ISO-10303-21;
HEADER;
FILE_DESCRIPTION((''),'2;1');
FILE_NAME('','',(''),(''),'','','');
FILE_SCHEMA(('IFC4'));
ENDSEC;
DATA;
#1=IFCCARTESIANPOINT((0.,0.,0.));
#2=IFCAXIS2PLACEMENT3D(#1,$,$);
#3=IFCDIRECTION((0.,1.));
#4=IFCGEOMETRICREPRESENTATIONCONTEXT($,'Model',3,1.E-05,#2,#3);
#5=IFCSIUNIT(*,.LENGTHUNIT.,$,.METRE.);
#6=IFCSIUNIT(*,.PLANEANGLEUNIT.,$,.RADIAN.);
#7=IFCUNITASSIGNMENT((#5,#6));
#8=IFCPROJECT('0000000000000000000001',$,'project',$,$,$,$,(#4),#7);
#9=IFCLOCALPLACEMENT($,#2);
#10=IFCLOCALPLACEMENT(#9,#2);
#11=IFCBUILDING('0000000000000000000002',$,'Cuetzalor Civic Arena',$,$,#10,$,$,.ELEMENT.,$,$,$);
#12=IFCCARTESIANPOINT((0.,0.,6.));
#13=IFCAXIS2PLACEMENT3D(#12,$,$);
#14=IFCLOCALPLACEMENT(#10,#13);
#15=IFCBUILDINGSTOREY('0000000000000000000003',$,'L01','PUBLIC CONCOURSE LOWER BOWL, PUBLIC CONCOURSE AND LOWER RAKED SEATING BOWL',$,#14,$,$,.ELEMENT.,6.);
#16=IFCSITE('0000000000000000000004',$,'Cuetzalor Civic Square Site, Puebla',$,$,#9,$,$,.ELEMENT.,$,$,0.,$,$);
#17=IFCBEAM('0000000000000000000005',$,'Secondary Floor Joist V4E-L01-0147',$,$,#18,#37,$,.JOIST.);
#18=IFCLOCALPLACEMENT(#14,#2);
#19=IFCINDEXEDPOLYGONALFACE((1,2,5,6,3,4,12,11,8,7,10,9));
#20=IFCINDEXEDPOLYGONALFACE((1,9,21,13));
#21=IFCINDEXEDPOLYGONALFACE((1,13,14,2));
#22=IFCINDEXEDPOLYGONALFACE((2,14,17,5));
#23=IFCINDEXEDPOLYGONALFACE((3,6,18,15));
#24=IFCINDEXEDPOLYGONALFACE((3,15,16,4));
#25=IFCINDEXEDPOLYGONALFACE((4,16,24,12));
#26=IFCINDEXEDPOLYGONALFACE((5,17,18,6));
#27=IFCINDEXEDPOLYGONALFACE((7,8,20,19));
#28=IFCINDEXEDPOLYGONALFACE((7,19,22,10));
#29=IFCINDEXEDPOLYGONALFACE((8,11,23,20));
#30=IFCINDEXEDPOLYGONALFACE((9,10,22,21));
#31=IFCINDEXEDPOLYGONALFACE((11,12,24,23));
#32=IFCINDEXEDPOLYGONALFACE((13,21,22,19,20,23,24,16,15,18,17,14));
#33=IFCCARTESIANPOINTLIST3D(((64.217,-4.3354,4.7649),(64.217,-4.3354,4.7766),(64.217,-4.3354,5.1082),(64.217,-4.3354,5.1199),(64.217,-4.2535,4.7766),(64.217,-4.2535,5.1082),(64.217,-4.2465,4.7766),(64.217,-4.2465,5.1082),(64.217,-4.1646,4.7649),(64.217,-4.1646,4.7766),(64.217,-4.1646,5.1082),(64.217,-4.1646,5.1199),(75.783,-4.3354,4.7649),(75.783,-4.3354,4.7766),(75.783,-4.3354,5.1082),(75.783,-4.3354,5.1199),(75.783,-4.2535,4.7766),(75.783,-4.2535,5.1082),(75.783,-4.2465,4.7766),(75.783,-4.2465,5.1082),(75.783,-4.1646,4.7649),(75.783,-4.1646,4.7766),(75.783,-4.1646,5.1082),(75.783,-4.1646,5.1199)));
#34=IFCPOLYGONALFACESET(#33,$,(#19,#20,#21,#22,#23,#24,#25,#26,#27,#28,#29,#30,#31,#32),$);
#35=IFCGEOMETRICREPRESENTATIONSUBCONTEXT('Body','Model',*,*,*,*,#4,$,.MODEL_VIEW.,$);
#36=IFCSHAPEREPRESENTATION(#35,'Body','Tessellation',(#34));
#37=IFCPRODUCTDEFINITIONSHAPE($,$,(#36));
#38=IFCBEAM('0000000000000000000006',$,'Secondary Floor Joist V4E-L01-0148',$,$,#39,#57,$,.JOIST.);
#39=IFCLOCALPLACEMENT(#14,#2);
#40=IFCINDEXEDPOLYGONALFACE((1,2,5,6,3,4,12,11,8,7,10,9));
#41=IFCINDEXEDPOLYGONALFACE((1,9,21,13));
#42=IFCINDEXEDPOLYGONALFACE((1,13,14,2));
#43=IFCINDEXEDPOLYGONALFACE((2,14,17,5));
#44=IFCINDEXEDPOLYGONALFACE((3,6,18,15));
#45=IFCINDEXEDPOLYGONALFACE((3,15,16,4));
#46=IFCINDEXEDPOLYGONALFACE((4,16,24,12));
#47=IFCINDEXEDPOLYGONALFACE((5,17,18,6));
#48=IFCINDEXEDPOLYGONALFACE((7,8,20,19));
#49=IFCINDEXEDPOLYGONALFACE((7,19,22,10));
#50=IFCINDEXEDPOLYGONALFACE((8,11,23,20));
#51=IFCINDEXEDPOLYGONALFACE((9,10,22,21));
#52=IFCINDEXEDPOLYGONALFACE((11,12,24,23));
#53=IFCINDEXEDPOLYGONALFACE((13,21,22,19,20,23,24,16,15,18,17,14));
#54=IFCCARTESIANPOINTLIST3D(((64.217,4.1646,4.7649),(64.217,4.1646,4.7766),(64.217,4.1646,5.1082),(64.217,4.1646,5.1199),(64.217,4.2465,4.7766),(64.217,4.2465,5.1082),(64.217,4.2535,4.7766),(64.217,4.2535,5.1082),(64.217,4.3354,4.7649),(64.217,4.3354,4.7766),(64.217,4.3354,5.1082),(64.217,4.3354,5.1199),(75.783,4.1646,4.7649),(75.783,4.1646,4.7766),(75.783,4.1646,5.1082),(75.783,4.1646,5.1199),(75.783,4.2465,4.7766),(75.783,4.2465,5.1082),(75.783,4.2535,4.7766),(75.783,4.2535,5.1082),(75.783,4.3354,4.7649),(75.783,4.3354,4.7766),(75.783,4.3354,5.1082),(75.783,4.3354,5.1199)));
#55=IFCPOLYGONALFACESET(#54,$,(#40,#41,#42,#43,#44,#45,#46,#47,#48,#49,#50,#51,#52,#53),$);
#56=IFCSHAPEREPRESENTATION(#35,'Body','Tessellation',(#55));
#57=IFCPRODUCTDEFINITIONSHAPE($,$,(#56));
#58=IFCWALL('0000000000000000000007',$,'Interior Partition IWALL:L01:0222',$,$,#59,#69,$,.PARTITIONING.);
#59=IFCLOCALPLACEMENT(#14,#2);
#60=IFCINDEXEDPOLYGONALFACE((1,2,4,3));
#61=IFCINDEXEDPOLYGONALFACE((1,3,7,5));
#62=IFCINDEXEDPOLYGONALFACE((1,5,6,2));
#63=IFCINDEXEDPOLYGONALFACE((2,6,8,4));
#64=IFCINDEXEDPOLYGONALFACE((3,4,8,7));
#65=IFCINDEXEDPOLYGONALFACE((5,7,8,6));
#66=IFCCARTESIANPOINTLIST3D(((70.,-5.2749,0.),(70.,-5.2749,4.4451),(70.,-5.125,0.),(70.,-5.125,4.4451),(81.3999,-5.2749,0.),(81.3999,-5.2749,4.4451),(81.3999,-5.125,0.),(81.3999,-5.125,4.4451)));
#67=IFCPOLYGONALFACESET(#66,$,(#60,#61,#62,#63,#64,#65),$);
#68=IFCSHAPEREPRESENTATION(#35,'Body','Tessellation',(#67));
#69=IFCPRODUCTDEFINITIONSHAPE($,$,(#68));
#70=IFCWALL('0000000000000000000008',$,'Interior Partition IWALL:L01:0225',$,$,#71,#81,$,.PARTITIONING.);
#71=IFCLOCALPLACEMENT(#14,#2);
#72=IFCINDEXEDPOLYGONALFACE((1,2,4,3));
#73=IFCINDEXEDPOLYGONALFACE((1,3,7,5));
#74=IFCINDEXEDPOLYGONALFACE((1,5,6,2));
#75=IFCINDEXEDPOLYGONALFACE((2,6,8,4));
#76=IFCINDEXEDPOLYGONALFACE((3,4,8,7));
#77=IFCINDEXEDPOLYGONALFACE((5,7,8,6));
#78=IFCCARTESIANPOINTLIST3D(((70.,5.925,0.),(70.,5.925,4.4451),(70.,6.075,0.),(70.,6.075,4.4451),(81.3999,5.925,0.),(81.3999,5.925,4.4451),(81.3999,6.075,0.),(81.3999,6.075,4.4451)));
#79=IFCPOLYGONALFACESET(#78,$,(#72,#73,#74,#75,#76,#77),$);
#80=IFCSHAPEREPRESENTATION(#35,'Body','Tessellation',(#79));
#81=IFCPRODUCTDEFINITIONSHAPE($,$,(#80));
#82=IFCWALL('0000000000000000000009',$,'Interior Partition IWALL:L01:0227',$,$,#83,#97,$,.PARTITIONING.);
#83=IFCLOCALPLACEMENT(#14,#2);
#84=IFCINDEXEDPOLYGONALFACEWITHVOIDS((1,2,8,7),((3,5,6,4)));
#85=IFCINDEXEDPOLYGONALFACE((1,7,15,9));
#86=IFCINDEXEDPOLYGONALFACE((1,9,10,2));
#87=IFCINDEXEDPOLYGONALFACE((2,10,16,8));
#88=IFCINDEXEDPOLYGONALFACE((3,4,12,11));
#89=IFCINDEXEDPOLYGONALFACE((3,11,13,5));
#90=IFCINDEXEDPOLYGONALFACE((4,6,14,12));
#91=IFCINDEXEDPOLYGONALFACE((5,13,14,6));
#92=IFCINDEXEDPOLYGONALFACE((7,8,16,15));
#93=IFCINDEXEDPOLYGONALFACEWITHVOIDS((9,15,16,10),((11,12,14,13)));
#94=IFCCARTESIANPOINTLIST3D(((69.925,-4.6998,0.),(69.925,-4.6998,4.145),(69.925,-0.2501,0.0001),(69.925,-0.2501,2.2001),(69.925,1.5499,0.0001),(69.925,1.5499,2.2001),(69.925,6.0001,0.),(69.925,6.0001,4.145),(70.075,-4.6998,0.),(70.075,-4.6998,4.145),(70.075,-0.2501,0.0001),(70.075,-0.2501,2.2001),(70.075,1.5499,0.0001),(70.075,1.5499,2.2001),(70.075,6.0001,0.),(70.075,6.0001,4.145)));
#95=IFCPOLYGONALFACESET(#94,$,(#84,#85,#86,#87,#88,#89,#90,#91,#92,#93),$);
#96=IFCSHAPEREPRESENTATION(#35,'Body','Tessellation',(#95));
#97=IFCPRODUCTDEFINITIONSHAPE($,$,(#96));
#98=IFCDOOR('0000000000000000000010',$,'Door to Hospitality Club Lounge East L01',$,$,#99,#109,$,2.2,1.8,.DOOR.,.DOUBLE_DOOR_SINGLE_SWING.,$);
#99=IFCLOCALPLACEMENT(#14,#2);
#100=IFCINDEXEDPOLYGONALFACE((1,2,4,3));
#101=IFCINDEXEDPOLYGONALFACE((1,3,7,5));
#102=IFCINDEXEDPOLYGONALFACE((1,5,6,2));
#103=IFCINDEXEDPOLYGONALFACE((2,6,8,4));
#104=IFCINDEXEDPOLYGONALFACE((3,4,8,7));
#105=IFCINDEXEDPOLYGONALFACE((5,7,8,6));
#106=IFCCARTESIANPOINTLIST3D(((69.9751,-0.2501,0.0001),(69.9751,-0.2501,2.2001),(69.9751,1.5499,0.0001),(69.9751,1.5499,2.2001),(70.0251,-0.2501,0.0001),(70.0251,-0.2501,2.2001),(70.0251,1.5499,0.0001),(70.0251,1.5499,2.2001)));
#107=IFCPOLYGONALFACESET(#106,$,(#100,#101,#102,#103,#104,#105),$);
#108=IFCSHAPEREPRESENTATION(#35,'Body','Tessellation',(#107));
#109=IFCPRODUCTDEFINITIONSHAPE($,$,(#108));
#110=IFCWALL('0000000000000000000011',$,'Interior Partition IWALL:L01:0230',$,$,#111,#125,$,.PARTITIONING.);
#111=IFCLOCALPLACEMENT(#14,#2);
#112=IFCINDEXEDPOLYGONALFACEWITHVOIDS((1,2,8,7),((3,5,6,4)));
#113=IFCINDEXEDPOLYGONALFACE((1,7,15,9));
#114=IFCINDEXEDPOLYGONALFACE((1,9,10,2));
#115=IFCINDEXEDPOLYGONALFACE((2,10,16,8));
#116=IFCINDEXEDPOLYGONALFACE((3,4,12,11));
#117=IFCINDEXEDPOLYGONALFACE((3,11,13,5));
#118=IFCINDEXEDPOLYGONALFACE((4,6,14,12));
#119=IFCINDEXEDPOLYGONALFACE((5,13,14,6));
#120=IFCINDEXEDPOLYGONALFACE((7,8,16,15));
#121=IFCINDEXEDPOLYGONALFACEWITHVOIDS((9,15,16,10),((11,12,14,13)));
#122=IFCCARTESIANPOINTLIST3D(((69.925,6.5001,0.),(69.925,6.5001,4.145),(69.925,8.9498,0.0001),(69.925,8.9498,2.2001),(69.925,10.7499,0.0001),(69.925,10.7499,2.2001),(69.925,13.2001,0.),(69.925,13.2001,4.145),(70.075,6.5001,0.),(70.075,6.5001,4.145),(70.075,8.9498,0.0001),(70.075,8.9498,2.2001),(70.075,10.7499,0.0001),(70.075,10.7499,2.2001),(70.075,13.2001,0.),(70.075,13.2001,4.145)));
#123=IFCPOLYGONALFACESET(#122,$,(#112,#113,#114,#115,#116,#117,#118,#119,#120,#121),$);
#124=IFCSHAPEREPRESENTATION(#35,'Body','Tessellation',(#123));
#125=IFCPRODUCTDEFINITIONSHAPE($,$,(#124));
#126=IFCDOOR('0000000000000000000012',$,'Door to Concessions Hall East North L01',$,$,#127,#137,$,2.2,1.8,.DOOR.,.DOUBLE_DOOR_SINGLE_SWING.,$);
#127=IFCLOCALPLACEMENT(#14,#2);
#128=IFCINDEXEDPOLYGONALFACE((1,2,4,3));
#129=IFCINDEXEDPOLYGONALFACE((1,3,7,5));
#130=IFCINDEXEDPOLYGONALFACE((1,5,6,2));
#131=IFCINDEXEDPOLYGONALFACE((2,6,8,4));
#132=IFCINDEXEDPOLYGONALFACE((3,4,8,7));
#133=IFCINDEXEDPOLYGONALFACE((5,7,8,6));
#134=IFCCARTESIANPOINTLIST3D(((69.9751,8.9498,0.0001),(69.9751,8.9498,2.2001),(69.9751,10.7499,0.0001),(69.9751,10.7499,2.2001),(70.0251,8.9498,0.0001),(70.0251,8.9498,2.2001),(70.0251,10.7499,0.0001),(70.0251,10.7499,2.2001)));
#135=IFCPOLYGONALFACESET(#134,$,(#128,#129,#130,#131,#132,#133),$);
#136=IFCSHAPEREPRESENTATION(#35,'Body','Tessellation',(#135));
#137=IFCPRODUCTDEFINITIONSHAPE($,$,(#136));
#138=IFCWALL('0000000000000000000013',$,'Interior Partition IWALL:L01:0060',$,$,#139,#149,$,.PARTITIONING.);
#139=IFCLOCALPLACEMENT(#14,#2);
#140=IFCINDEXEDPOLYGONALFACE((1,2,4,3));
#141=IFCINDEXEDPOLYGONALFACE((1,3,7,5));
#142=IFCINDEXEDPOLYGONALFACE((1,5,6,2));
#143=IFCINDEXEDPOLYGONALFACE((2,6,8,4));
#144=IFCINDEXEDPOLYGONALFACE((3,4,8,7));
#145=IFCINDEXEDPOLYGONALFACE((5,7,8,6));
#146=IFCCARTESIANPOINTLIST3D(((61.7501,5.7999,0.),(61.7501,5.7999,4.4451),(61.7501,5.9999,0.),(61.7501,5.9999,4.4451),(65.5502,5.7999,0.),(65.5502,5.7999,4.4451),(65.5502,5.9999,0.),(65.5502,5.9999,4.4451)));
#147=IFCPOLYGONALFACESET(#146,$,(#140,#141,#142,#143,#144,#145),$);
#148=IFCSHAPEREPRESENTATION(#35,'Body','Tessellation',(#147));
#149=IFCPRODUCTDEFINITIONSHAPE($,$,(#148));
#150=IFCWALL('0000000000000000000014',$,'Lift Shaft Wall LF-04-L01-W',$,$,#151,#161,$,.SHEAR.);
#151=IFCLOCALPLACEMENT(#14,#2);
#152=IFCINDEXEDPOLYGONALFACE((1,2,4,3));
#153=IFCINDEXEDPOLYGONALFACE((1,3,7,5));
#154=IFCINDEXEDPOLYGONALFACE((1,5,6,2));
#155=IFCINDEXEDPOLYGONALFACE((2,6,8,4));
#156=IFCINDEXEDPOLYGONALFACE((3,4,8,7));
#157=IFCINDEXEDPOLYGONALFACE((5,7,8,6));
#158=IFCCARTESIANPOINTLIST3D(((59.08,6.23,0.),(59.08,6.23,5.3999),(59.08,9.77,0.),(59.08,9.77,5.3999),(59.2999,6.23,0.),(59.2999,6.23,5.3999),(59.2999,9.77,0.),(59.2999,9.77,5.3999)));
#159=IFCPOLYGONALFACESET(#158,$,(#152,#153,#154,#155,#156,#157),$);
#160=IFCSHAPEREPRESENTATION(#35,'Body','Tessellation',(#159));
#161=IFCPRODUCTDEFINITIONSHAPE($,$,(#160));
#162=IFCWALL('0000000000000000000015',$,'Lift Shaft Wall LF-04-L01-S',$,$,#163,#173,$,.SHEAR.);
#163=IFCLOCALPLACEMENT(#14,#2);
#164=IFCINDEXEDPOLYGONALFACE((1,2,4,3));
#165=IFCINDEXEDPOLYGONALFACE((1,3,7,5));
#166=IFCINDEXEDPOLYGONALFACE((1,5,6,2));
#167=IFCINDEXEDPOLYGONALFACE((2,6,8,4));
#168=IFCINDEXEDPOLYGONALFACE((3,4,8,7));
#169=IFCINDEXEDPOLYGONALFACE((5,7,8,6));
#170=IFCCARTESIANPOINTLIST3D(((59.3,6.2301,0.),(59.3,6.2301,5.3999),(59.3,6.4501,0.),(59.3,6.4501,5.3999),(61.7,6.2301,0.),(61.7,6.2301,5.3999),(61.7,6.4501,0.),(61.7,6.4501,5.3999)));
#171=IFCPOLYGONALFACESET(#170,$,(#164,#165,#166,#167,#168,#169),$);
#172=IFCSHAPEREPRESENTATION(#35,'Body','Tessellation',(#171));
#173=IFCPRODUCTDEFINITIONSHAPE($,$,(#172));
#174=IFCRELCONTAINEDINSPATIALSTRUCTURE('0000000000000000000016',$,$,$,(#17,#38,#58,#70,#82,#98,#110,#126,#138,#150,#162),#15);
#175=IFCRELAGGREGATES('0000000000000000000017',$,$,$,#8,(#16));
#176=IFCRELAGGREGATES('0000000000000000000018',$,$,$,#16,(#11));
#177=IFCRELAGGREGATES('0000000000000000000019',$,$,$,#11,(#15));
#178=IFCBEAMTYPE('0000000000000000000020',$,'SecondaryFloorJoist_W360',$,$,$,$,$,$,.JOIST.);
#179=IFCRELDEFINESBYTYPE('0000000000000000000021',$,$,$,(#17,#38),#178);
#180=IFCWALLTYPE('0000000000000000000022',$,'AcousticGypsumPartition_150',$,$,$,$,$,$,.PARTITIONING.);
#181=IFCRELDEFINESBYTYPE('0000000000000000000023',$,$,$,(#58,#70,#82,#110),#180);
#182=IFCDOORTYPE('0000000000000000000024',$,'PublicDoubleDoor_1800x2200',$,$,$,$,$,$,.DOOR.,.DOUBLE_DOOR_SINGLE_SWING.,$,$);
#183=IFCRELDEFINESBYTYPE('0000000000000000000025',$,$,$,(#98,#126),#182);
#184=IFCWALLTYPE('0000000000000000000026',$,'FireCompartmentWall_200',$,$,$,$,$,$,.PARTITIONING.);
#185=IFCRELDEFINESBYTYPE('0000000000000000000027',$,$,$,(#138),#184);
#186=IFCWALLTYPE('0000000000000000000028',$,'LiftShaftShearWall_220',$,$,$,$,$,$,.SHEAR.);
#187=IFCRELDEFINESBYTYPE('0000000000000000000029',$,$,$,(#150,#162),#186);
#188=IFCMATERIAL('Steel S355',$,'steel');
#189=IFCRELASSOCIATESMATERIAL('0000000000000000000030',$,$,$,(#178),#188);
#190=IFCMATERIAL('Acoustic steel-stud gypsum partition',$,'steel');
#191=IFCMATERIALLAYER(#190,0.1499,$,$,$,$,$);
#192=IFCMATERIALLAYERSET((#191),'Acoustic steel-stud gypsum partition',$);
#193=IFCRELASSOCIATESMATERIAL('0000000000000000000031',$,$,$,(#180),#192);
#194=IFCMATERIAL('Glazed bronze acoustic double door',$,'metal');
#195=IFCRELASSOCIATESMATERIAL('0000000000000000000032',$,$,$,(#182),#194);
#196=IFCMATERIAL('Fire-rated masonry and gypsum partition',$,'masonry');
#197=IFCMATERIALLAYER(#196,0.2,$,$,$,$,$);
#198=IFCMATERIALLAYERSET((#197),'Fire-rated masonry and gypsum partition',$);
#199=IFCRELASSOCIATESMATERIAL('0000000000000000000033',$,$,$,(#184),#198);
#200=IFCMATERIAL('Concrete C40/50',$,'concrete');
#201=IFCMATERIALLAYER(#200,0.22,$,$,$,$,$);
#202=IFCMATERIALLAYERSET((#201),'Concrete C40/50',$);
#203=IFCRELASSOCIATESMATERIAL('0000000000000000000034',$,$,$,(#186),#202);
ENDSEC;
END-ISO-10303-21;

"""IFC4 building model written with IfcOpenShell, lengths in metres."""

from ifc_helpers import new_model, si_unit, direction, frame, frame_2d, origin, origin_2d, place, context, subcontext, project, spatial, rectangle, i_section, extrude, material, layer, layer_set, material_profile, profile_set, type_object, element, fill, save


model = new_model("IFC4")

# Units and contexts
model_context = context("Model", 3, precision=1e-05, world=origin(), true_north=direction((0.0, 1.0)))
body_context = subcontext(model_context, "Body", "Model", "MODEL_VIEW")
ifc_project = project(units=[si_unit("LENGTHUNIT", "METRE"), si_unit("PLANEANGLEUNIT", "RADIAN")], contexts=[model_context])

# Site, building, storey
site_placement = place(None, origin())
site = spatial("IfcSite", under=ifc_project, at=site_placement, Name="Cuetzalor Civic Square Site, Puebla", CompositionType="ELEMENT", RefElevation=0.0)
building_placement = place(site_placement, origin())
building = spatial("IfcBuilding", under=site, at=building_placement, Name="Cuetzalor Civic Arena", CompositionType="ELEMENT")
storey_placement = place(building_placement, frame((0.0, 0.0, 6.0)))
storey = spatial("IfcBuildingStorey", under=building, at=storey_placement, Name="L01", Description="PUBLIC CONCOURSE LOWER BOWL, PUBLIC CONCOURSE AND LOWER RAKED SEATING BOWL", CompositionType="ELEMENT", Elevation=6.0)

# Beams
ifc_material_1 = material(Name="Steel S355", Category="steel")
ifc_material_profile_1 = material_profile(ifc_material_1, i_section(OverallWidth=0.1709, OverallDepth=0.355, WebThickness=0.0071, FlangeThickness=0.0117, at=origin_2d()), Name="W360x51")
ifc_profile_set_1 = profile_set([ifc_material_profile_1], Name="Steel S355")
beam_type_1 = type_object("IfcBeamType", Name="SecondaryFloorJoist_W360", PredefinedType="JOIST", material=ifc_profile_set_1)
for number, where, z_axis, x_axis, name in (
    (1, (64.217, -4.25, 4.9424), (1.0, 0.0, 0.0), (0.0, 1.0, 0.0), "Secondary Floor Joist V4E-L01-0147"),
    (2, (64.217, 4.25, 4.9424), (1.0, 0.0, 0.0), (0.0, 1.0, 0.0), "Secondary Floor Joist V4E-L01-0148"),
):
    element("IfcBeam", number, at=place(storey_placement, frame(where, z_axis=z_axis, x_axis=x_axis)), inside=storey, type_object=beam_type_1, Name=name, PredefinedType="JOIST", context=body_context, shape_type="SweptSolid", body=[
        extrude(i_section(OverallWidth=0.1709, OverallDepth=0.355, WebThickness=0.0071, FlangeThickness=0.0117, at=origin_2d()), origin(), (0.0, 0.0, 1.0), 11.5659),
    ])

# Walls
ifc_material_2 = material(Name="Acoustic steel-stud gypsum partition", Category="steel")
ifc_layer_1 = layer(ifc_material_2, 0.1499)
ifc_layer_set_1 = layer_set([ifc_layer_1], Name="Acoustic steel-stud gypsum partition")
wall_type_1 = type_object("IfcWallType", Name="AcousticGypsumPartition_150", PredefinedType="PARTITIONING", material=ifc_layer_set_1)
for number, where, z_axis, x_axis, name in (
    (3, (70.0, -5.2, 0.0), (0.0, 0.0, 1.0), (1.0, 0.0, 0.0), "Interior Partition IWALL:L01:0222"),
    (4, (70.0, 6.0, 0.0), (0.0, 0.0, 1.0), (1.0, 0.0, 0.0), "Interior Partition IWALL:L01:0225"),
):
    element("IfcWall", number, at=place(storey_placement, frame(where, z_axis=z_axis, x_axis=x_axis)), inside=storey, type_object=wall_type_1, Name=name, PredefinedType="PARTITIONING", context=body_context, shape_type="SweptSolid", body=[
        extrude(rectangle(XDim=11.3999, YDim=0.1499, at=frame_2d((5.7, 0.0))), origin(), (0.0, 0.0, 1.0), 4.4451),
    ])

# Walls, openings, doors
wall_1_placement = place(storey_placement, frame((70.0, -4.7, 0.0), z_axis=(0.0, 0.0, 1.0), x_axis=(0.0, 1.0, 0.0)))
wall_1 = element("IfcWall", 5, at=wall_1_placement, inside=storey, type_object=wall_type_1, Name="Interior Partition IWALL:L01:0227", PredefinedType="PARTITIONING", context=body_context, shape_type="SweptSolid", body=[
    extrude(rectangle(XDim=10.7, YDim=0.1499, at=frame_2d((5.3501, 0.0))), origin(), (0.0, 0.0, 1.0), 4.145),
])
opening_1_placement = place(wall_1_placement, frame((4.45, 0.0, 0.0)))
opening_1 = element("IfcOpeningElement", 6, at=opening_1_placement, cuts=wall_1, PredefinedType="OPENING", context=body_context, shape_type="SweptSolid", body=[
    extrude(rectangle(XDim=1.8, YDim=2.2, at=frame_2d((0.8999, 1.1001))), frame((0.0, 0.085, 0.0), z_axis=(0.0, -1.0, 0.0), x_axis=(1.0, 0.0, 0.0)), (0.0, 0.0, 1.0), 0.1699),
])
ifc_material_3 = material(Name="Glazed bronze acoustic double door", Category="metal")
door_type = type_object("IfcDoorType", Name="PublicDoubleDoor_1800x2200", OperationType="DOUBLE_DOOR_SINGLE_SWING", PredefinedType="DOOR", material=ifc_material_3)
door_1_placement = place(opening_1_placement, origin())
door_1 = element("IfcDoor", 7, at=door_1_placement, inside=storey, type_object=door_type, Name="Door to Hospitality Club Lounge East L01", OperationType="DOUBLE_DOOR_SINGLE_SWING", OverallHeight=2.2, OverallWidth=1.8, PredefinedType="DOOR", context=body_context, shape_type="SweptSolid", body=[
    extrude(rectangle(XDim=1.8, YDim=2.2, at=frame_2d((0.8999, 1.1001))), frame((0.0, 0.0249, 0.0), z_axis=(0.0, -1.0, 0.0), x_axis=(1.0, 0.0, 0.0)), (0.0, 0.0, 1.0), 0.05),
])
fill(opening_1, door_1)
wall_2_placement = place(storey_placement, frame((70.0, 6.5, 0.0), z_axis=(0.0, 0.0, 1.0), x_axis=(0.0, 1.0, 0.0)))
wall_2 = element("IfcWall", 8, at=wall_2_placement, inside=storey, type_object=wall_type_1, Name="Interior Partition IWALL:L01:0230", PredefinedType="PARTITIONING", context=body_context, shape_type="SweptSolid", body=[
    extrude(rectangle(XDim=6.7, YDim=0.1499, at=frame_2d((3.3501, 0.0))), origin(), (0.0, 0.0, 1.0), 4.145),
])
opening_2_placement = place(wall_2_placement, frame((2.45, 0.0, 0.0)))
opening_2 = element("IfcOpeningElement", 9, at=opening_2_placement, cuts=wall_2, PredefinedType="OPENING", context=body_context, shape_type="SweptSolid", body=[
    extrude(rectangle(XDim=1.8, YDim=2.2, at=frame_2d((0.8999, 1.1001))), frame((0.0, 0.085, 0.0), z_axis=(0.0, -1.0, 0.0), x_axis=(1.0, 0.0, 0.0)), (0.0, 0.0, 1.0), 0.1699),
])
door_2_placement = place(opening_2_placement, origin())
door_2 = element("IfcDoor", 10, at=door_2_placement, inside=storey, type_object=door_type, Name="Door to Concessions Hall East North L01", OperationType="DOUBLE_DOOR_SINGLE_SWING", OverallHeight=2.2, OverallWidth=1.8, PredefinedType="DOOR", context=body_context, shape_type="SweptSolid", body=[
    extrude(rectangle(XDim=1.8, YDim=2.2, at=frame_2d((0.8999, 1.1001))), frame((0.0, 0.0249, 0.0), z_axis=(0.0, -1.0, 0.0), x_axis=(1.0, 0.0, 0.0)), (0.0, 0.0, 1.0), 0.05),
])
fill(opening_2, door_2)

# Walls
ifc_material_4 = material(Name="Fire-rated masonry and gypsum partition", Category="masonry")
ifc_layer_2 = layer(ifc_material_4, 0.2)
ifc_layer_set_2 = layer_set([ifc_layer_2], Name="Fire-rated masonry and gypsum partition")
wall_type_2 = type_object("IfcWallType", Name="FireCompartmentWall_200", PredefinedType="PARTITIONING", material=ifc_layer_set_2)
wall_3_placement = place(storey_placement, frame((65.55, 5.8999, 0.0), z_axis=(0.0, 0.0, 1.0), x_axis=(-1.0, 0.0, 0.0)))
element("IfcWall", 11, at=wall_3_placement, inside=storey, type_object=wall_type_2, Name="Interior Partition IWALL:L01:0060", PredefinedType="PARTITIONING", context=body_context, shape_type="SweptSolid", body=[
    extrude(rectangle(XDim=3.8, YDim=0.2, at=frame_2d((1.8999, 0.0))), origin(), (0.0, 0.0, 1.0), 4.4451),
])
ifc_material_5 = material(Name="Concrete C40/50", Category="concrete")
ifc_layer_3 = layer(ifc_material_5, 0.22)
ifc_layer_set_3 = layer_set([ifc_layer_3], Name="Concrete C40/50")
wall_type_3 = type_object("IfcWallType", Name="LiftShaftShearWall_220", PredefinedType="SHEAR", material=ifc_layer_set_3)
wall_4_placement = place(storey_placement, frame((59.1899, 6.23, 0.0), z_axis=(0.0, 0.0, 1.0), x_axis=(0.0, 1.0, 0.0)))
element("IfcWall", 12, at=wall_4_placement, inside=storey, type_object=wall_type_3, Name="Lift Shaft Wall LF-04-L01-W", PredefinedType="SHEAR", context=body_context, shape_type="SweptSolid", body=[
    extrude(rectangle(XDim=3.54, YDim=0.22, at=frame_2d((1.77, 0.0))), origin(), (0.0, 0.0, 1.0), 5.3999),
])
wall_5_placement = place(storey_placement, frame((61.7, 6.3401, 0.0), z_axis=(0.0, 0.0, 1.0), x_axis=(-1.0, 0.0, 0.0)))
element("IfcWall", 13, at=wall_5_placement, inside=storey, type_object=wall_type_3, Name="Lift Shaft Wall LF-04-L01-S", PredefinedType="SHEAR", context=body_context, shape_type="SweptSolid", body=[
    extrude(rectangle(XDim=2.3999, YDim=0.22, at=frame_2d((1.2, 0.0))), origin(), (0.0, 0.0, 1.0), 5.3999),
])

save(model, "model.ifc")
